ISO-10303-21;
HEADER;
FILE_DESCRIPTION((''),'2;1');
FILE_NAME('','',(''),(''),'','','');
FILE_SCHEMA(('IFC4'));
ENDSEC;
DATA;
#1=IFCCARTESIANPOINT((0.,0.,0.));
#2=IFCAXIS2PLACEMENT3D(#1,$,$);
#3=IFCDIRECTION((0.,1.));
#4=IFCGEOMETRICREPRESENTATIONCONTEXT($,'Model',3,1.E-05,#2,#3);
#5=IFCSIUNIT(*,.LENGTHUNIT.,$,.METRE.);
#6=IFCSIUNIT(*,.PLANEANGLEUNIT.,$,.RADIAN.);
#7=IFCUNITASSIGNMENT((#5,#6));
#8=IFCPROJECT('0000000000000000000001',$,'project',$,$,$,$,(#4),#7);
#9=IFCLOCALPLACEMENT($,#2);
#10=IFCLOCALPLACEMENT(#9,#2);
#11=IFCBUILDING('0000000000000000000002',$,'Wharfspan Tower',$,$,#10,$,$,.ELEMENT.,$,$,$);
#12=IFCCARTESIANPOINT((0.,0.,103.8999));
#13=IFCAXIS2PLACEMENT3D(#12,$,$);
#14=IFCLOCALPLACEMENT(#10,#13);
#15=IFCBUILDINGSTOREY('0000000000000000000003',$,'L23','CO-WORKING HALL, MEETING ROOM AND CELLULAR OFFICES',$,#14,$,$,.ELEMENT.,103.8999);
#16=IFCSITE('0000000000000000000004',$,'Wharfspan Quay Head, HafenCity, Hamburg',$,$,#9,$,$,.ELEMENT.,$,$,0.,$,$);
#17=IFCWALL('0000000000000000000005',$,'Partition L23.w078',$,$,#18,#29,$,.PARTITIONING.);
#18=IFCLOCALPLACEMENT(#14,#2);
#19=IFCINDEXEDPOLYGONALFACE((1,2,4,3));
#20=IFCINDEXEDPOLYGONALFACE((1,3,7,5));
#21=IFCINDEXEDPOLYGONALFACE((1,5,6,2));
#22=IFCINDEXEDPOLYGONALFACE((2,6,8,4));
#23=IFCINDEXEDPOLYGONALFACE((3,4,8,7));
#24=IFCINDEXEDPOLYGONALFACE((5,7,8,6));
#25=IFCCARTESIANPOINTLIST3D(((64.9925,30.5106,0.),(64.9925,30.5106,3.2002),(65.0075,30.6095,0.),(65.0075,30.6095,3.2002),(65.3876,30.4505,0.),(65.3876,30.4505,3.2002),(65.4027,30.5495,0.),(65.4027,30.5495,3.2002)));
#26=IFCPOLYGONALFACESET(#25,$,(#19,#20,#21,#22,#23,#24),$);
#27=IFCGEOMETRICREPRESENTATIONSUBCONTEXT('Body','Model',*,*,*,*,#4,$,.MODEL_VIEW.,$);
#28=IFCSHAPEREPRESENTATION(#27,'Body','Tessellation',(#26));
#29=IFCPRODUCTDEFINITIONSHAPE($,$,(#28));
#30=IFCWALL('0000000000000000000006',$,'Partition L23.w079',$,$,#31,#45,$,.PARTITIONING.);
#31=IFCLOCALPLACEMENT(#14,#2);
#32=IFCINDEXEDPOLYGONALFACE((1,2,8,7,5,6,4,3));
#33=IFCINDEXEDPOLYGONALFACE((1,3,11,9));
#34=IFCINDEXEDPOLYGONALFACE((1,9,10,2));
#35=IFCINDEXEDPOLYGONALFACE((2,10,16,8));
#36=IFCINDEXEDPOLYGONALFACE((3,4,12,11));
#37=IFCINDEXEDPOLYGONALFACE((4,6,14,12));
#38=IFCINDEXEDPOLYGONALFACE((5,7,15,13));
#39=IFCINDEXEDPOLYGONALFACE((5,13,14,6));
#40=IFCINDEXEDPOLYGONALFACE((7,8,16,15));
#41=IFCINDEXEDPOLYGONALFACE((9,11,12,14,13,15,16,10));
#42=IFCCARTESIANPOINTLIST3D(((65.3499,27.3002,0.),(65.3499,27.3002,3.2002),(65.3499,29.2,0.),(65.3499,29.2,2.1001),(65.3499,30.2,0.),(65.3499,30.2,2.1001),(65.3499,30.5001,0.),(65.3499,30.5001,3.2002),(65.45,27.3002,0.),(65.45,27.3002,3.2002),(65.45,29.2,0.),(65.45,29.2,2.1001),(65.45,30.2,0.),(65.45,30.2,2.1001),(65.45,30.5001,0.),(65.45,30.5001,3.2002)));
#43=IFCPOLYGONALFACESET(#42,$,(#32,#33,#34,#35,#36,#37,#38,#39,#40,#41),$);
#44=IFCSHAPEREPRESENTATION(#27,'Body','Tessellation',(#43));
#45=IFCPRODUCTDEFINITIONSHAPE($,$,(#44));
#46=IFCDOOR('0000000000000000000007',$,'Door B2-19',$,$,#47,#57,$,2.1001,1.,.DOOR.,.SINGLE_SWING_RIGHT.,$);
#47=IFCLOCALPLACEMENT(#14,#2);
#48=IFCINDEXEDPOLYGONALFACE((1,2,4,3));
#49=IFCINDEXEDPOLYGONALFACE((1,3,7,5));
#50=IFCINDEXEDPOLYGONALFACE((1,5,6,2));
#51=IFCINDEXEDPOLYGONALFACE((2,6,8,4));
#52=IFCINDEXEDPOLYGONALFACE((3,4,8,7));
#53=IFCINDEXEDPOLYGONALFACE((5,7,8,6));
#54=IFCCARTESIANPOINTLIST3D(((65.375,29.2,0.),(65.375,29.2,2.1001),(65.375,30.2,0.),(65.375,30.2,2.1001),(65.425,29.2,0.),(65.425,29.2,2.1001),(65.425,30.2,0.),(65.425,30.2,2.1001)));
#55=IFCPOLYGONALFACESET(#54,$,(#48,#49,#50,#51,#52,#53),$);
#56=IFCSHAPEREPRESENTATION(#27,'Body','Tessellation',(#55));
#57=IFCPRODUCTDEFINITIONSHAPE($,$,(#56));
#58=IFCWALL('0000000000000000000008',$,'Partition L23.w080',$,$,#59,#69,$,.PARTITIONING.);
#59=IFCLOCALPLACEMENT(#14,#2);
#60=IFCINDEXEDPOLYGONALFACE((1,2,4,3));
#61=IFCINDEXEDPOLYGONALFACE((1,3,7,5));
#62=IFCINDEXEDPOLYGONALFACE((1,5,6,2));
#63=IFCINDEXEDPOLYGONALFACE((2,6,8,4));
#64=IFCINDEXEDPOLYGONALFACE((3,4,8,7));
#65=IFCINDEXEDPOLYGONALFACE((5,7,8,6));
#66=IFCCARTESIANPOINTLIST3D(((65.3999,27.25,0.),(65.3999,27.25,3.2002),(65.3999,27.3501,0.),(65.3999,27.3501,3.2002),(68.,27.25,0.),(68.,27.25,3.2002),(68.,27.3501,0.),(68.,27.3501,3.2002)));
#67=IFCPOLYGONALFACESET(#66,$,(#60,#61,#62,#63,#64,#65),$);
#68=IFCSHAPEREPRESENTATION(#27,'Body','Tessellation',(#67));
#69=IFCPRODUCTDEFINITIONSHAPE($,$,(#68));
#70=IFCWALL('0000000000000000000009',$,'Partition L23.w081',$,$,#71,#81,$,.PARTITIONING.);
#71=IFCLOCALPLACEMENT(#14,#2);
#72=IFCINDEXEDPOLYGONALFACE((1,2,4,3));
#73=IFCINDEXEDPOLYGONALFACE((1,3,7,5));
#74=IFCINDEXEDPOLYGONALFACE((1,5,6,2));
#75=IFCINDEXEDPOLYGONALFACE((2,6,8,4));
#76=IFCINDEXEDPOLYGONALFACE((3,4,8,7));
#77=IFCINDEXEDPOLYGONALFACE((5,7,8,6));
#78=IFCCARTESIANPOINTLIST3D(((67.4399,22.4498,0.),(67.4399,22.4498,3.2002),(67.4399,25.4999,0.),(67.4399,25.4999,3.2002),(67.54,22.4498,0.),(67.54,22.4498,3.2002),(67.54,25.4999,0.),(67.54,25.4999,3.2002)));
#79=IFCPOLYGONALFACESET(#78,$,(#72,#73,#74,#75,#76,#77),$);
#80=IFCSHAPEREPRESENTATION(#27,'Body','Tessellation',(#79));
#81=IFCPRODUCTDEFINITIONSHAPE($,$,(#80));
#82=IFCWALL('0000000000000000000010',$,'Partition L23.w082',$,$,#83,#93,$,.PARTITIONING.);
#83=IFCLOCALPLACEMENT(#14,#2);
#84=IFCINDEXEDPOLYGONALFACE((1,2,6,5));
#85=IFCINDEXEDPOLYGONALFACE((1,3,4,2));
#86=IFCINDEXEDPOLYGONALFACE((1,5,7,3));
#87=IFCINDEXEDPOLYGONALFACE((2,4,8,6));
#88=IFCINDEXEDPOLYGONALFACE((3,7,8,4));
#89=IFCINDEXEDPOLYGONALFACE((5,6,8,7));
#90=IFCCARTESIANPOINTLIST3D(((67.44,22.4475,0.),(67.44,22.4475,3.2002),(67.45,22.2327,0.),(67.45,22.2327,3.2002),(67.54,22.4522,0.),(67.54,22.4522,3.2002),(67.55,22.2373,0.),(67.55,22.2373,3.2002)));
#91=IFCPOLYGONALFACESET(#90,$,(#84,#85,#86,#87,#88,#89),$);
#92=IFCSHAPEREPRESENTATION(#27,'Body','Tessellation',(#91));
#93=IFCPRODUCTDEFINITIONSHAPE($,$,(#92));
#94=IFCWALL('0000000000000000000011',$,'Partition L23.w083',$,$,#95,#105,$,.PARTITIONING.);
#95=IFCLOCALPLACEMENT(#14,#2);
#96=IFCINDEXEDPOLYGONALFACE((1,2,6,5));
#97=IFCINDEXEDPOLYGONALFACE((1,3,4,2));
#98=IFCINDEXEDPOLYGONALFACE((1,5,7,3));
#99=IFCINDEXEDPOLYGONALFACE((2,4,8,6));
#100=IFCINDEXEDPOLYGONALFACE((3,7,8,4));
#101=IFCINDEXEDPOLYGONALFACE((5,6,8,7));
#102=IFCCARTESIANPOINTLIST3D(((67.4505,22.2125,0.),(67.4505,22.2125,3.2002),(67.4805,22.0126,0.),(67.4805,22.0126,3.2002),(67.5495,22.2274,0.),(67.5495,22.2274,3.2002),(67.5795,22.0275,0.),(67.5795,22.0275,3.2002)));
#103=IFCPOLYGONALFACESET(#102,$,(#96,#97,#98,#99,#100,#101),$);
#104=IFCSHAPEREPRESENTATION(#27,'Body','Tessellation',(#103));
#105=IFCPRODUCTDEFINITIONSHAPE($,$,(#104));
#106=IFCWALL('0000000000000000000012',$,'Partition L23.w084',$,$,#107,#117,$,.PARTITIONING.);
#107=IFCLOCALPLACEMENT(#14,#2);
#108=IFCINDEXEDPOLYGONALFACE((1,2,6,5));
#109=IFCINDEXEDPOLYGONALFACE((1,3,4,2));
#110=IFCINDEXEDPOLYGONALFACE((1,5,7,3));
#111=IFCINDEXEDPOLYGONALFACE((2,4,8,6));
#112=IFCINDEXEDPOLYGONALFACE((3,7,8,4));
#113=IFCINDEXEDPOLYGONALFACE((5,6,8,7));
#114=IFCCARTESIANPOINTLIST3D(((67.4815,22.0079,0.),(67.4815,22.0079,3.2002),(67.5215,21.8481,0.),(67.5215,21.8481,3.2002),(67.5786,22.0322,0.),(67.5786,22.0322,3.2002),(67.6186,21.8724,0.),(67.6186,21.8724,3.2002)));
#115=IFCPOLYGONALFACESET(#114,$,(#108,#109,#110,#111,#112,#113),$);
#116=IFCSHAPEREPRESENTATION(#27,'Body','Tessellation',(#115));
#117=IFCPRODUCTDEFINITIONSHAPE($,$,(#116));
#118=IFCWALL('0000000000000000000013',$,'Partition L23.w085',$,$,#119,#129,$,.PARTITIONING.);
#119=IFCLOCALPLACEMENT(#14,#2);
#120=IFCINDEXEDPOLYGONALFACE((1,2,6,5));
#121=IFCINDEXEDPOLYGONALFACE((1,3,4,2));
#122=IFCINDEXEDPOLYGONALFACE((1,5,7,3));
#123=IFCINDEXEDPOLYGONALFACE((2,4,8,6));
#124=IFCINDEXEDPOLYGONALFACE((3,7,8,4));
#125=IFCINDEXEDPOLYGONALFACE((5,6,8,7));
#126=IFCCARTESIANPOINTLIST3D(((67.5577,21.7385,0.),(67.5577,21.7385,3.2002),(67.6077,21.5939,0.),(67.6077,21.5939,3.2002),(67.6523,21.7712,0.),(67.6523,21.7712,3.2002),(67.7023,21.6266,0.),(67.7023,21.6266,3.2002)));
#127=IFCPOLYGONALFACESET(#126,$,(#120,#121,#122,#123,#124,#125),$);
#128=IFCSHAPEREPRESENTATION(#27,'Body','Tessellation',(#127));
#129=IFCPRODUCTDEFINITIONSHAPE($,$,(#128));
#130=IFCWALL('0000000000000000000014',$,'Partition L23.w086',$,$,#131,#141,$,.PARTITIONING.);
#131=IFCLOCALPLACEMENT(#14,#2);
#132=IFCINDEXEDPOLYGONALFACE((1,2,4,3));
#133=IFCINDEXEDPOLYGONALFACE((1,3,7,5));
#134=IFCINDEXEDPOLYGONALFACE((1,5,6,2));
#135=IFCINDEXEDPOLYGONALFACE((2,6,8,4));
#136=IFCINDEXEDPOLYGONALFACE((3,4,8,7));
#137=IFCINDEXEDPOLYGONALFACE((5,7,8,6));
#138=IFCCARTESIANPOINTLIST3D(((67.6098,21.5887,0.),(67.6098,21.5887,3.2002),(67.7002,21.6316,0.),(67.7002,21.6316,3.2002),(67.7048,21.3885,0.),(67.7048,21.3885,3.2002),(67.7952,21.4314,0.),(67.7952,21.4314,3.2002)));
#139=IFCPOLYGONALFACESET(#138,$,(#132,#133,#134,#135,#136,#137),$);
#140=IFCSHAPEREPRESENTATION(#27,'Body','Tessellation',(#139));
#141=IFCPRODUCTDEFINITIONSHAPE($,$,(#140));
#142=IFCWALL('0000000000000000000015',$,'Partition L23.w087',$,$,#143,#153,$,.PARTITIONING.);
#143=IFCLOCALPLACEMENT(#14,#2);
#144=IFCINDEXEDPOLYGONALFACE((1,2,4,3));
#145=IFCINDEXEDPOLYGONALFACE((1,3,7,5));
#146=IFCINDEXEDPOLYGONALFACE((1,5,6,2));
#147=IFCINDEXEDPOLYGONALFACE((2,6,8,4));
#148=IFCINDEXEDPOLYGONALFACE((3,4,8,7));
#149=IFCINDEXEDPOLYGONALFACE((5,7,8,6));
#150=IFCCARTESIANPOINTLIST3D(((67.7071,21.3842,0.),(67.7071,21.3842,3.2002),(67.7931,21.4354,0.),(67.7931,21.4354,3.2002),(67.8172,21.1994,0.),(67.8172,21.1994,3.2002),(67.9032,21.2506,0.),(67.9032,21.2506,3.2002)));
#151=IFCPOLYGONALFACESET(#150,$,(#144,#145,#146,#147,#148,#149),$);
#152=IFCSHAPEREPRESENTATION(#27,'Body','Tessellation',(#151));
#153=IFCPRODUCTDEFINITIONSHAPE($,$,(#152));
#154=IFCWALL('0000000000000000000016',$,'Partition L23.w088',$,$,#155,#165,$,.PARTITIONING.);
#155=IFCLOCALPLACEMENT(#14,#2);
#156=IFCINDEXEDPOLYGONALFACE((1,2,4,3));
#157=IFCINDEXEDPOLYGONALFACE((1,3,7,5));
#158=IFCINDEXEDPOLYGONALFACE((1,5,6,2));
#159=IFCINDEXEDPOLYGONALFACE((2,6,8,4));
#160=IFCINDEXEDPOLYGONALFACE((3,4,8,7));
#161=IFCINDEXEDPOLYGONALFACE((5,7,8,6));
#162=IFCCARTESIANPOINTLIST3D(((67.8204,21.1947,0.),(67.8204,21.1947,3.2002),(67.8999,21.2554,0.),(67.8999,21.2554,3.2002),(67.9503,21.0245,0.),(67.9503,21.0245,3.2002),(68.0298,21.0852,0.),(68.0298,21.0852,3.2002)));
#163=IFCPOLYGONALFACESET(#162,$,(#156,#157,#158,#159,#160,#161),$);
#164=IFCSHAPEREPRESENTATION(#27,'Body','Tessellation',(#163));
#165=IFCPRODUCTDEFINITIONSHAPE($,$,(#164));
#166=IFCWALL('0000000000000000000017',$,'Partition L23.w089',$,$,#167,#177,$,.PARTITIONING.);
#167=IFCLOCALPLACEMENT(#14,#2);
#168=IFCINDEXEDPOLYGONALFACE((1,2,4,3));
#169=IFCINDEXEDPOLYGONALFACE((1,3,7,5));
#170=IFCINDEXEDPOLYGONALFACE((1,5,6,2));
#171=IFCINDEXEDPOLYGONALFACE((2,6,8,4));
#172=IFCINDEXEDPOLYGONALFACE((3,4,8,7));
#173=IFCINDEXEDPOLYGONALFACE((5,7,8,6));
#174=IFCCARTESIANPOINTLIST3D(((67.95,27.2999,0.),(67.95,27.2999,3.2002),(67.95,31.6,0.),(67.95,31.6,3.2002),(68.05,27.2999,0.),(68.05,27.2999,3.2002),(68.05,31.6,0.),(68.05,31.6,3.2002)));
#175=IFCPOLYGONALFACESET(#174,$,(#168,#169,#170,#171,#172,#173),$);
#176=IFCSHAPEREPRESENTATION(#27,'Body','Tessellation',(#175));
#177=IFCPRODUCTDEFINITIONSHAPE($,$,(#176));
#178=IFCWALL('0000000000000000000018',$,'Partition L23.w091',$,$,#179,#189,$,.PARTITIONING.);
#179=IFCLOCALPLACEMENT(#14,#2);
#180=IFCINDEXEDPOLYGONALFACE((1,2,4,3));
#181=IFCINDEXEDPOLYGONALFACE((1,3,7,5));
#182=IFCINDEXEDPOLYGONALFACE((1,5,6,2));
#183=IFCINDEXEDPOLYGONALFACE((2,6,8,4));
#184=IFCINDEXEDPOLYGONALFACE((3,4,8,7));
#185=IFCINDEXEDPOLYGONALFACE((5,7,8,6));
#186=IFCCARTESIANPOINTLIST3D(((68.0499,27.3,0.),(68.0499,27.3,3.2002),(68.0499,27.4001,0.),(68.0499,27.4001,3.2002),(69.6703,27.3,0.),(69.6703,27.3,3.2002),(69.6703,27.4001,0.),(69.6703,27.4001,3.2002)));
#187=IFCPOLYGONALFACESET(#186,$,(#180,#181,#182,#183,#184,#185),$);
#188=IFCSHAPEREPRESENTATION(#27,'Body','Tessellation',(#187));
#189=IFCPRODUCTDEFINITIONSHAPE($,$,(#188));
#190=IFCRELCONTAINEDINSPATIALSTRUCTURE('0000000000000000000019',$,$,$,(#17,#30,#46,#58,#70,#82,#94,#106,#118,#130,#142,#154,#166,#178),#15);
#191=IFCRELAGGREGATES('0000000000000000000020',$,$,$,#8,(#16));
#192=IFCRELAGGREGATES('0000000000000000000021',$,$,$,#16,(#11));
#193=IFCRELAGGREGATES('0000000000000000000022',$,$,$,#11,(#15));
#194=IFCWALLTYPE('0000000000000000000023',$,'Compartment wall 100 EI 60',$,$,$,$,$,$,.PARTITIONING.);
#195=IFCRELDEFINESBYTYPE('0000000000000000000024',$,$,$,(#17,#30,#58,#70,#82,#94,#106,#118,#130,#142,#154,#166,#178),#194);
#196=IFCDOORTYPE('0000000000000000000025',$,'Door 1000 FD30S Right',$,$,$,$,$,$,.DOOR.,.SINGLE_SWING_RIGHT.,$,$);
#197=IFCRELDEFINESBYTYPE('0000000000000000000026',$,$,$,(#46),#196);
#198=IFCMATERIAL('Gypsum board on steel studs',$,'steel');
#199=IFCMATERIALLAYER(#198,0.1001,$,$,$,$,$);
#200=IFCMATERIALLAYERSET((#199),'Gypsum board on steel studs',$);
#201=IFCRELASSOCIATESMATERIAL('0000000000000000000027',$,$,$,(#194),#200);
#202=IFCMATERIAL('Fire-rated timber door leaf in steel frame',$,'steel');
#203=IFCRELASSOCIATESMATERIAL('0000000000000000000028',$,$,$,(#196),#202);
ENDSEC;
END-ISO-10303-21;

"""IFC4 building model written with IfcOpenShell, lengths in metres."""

from ifc_helpers import new_model, si_unit, direction, frame, frame_2d, origin, place, context, subcontext, project, spatial, rectangle, extrude, material, layer, layer_set, type_object, element, fill, save


model = new_model("IFC4")

# Units and contexts
model_context = context("Model", 3, precision=1e-05, world=origin(), true_north=direction((0.0, 1.0)))
body_context = subcontext(model_context, "Body", "Model", "MODEL_VIEW")
ifc_project = project(units=[si_unit("LENGTHUNIT", "METRE"), si_unit("PLANEANGLEUNIT", "RADIAN")], contexts=[model_context])

# Site, building, storey
site_placement = place(None, origin())
site = spatial("IfcSite", under=ifc_project, at=site_placement, Name="Wharfspan Quay Head, HafenCity, Hamburg", CompositionType="ELEMENT", RefElevation=0.0)
building_placement = place(site_placement, origin())
building = spatial("IfcBuilding", under=site, at=building_placement, Name="Wharfspan Tower", CompositionType="ELEMENT")
storey_placement = place(building_placement, frame((0.0, 0.0, 103.8999)))
storey = spatial("IfcBuildingStorey", under=building, at=storey_placement, Name="L23", Description="CO-WORKING HALL, MEETING ROOM AND CELLULAR OFFICES", CompositionType="ELEMENT", Elevation=103.8999)

# Shared definitions
ifc_material_1 = material(Name="Gypsum board on steel studs", Category="steel")
ifc_layer_1 = layer(ifc_material_1, 0.1001)
ifc_layer_set_1 = layer_set([ifc_layer_1], Name="Gypsum board on steel studs")
wall_type_1 = type_object("IfcWallType", Name="Compartment wall 100 EI 60", PredefinedType="PARTITIONING", material=ifc_layer_set_1)

# Shared definitions
ifc_material_2 = material(Name="Fire-rated timber door leaf in steel frame", Category="steel")
door_type_1 = type_object("IfcDoorType", Name="Door 1000 FD30S Right", OperationType="SINGLE_SWING_RIGHT", PredefinedType="DOOR", material=ifc_material_2)

# Wall
wall_1_placement = place(storey_placement, frame((65.395, 30.5, 0.0), z_axis=(0.0, 0.0, 1.0), x_axis=(-0.988637, 0.150312, 0.0)))
element("IfcWall", 1, at=wall_1_placement, inside=storey, type_object=wall_type_1, Name="Partition L23.w078", PredefinedType="PARTITIONING", context=body_context, shape_type="SweptSolid", body=[
    extrude(rectangle(XDim=0.3997, YDim=0.1001, at=frame_2d((0.1997, 0.0))), origin(), (0.0, 0.0, 1.0), 3.2002),
])

# Wall, opening, door
wall_2_placement = place(storey_placement, frame((65.3999, 27.3, 0.0), z_axis=(0.0, 0.0, 1.0), x_axis=(0.0, 1.0, 0.0)))
wall_2 = element("IfcWall", 2, at=wall_2_placement, inside=storey, type_object=wall_type_1, Name="Partition L23.w079", PredefinedType="PARTITIONING", context=body_context, shape_type="SweptSolid", body=[
    extrude(rectangle(XDim=3.2, YDim=0.1001, at=frame_2d((1.6001, 0.0))), origin(), (0.0, 0.0, 1.0), 3.2002),
])
opening_1_placement = place(wall_2_placement, frame((1.8999, 0.0, 0.0)))
opening_1 = element("IfcOpeningElement", 3, at=opening_1_placement, cuts=wall_2, PredefinedType="OPENING", context=body_context, shape_type="SweptSolid", body=[
    extrude(rectangle(XDim=1.0, YDim=2.1001, at=frame_2d((0.5, 1.05))), frame((0.0, 0.0601, 0.0), z_axis=(0.0, -1.0, 0.0), x_axis=(1.0, 0.0, 0.0)), (0.0, 0.0, 1.0), 0.1201),
])
door_1_placement = place(opening_1_placement, origin())
door_1 = element("IfcDoor", 4, at=door_1_placement, inside=storey, type_object=door_type_1, Name="Door B2-19", OperationType="SINGLE_SWING_RIGHT", OverallHeight=2.1001, OverallWidth=1.0, PredefinedType="DOOR", context=body_context, shape_type="SweptSolid", body=[
    extrude(rectangle(XDim=1.0, YDim=2.1001, at=frame_2d((0.5, 1.05))), frame((0.0, 0.0249, 0.0), z_axis=(0.0, -1.0, 0.0), x_axis=(1.0, 0.0, 0.0)), (0.0, 0.0, 1.0), 0.05),
])
fill(opening_1, door_1)

# Walls
wall_3_placement = place(storey_placement, frame((65.3999, 27.3, 0.0), z_axis=(0.0, 0.0, 1.0), x_axis=(1.0, 0.0, 0.0)))
element("IfcWall", 5, at=wall_3_placement, inside=storey, type_object=wall_type_1, Name="Partition L23.w080", PredefinedType="PARTITIONING", context=body_context, shape_type="SweptSolid", body=[
    extrude(rectangle(XDim=2.6001, YDim=0.1001, at=frame_2d((1.3, 0.0))), origin(), (0.0, 0.0, 1.0), 3.2002),
])
wall_4_placement = place(storey_placement, frame((67.49, 22.45, 0.0), z_axis=(0.0, 0.0, 1.0), x_axis=(0.0, 1.0, 0.0)))
element("IfcWall", 6, at=wall_4_placement, inside=storey, type_object=wall_type_1, Name="Partition L23.w081", PredefinedType="PARTITIONING", context=body_context, shape_type="SweptSolid", body=[
    extrude(rectangle(XDim=3.05, YDim=0.1001, at=frame_2d((1.5249, 0.0))), origin(), (0.0, 0.0, 1.0), 3.2002),
])
wall_5_placement = place(storey_placement, frame((67.5, 22.2351, 0.0), z_axis=(0.0, 0.0, 1.0), x_axis=(-0.04654, 0.998912, 0.0)))
element("IfcWall", 7, at=wall_5_placement, inside=storey, type_object=wall_type_1, Name="Partition L23.w082", PredefinedType="PARTITIONING", context=body_context, shape_type="SweptSolid", body=[
    extrude(rectangle(XDim=0.2151, YDim=0.1001, at=frame_2d((0.1074, 0.0))), origin(), (0.0, 0.0, 1.0), 3.2002),
])
wall_6_placement = place(storey_placement, frame((67.53, 22.02, 0.0), z_axis=(0.0, 0.0, 1.0), x_axis=(-0.148517, 0.988906, 0.0)))
element("IfcWall", 8, at=wall_6_placement, inside=storey, type_object=wall_type_1, Name="Partition L23.w083", PredefinedType="PARTITIONING", context=body_context, shape_type="SweptSolid", body=[
    extrude(rectangle(XDim=0.2021, YDim=0.1001, at=frame_2d((0.1011, 0.0))), origin(), (0.0, 0.0, 1.0), 3.2002),
])
wall_7_placement = place(storey_placement, frame((67.5701, 21.8601, 0.0), z_axis=(0.0, 0.0, 1.0), x_axis=(-0.242884, 0.970055, 0.0)))
element("IfcWall", 9, at=wall_7_placement, inside=storey, type_object=wall_type_1, Name="Partition L23.w084", PredefinedType="PARTITIONING", context=body_context, shape_type="SweptSolid", body=[
    extrude(rectangle(XDim=0.1648, YDim=0.1001, at=frame_2d((0.0825, 0.0))), origin(), (0.0, 0.0, 1.0), 3.2002),
])
wall_8_placement = place(storey_placement, frame((67.655, 21.6101, 0.0), z_axis=(0.0, 0.0, 1.0), x_axis=(-0.326726, 0.945115, 0.0)))
element("IfcWall", 10, at=wall_8_placement, inside=storey, type_object=wall_type_1, Name="Partition L23.w085", PredefinedType="PARTITIONING", context=body_context, shape_type="SweptSolid", body=[
    extrude(rectangle(XDim=0.1531, YDim=0.1001, at=frame_2d((0.0767, 0.0))), origin(), (0.0, 0.0, 1.0), 3.2002),
])
wall_9_placement = place(storey_placement, frame((67.75, 21.4099, 0.0), z_axis=(0.0, 0.0, 1.0), x_axis=(-0.428606, 0.903488, 0.0)))
element("IfcWall", 11, at=wall_9_placement, inside=storey, type_object=wall_type_1, Name="Partition L23.w086", PredefinedType="PARTITIONING", context=body_context, shape_type="SweptSolid", body=[
    extrude(rectangle(XDim=0.2217, YDim=0.1001, at=frame_2d((0.1108, 0.0))), origin(), (0.0, 0.0, 1.0), 3.2002),
])
wall_10_placement = place(storey_placement, frame((67.8601, 21.2251, 0.0), z_axis=(0.0, 0.0, 1.0), x_axis=(-0.511823, 0.859091, 0.0)))
element("IfcWall", 12, at=wall_10_placement, inside=storey, type_object=wall_type_1, Name="Partition L23.w087", PredefinedType="PARTITIONING", context=body_context, shape_type="SweptSolid", body=[
    extrude(rectangle(XDim=0.2151, YDim=0.1001, at=frame_2d((0.1074, 0.0))), origin(), (0.0, 0.0, 1.0), 3.2002),
])
wall_11_placement = place(storey_placement, frame((67.99, 21.0549, 0.0), z_axis=(0.0, 0.0, 1.0), x_axis=(-0.606728, 0.794905, 0.0)))
element("IfcWall", 13, at=wall_11_placement, inside=storey, type_object=wall_type_1, Name="Partition L23.w088", PredefinedType="PARTITIONING", context=body_context, shape_type="SweptSolid", body=[
    extrude(rectangle(XDim=0.2141, YDim=0.1001, at=frame_2d((0.1069, 0.0))), origin(), (0.0, 0.0, 1.0), 3.2002),
])
wall_12_placement = place(storey_placement, frame((68.0, 27.3, 0.0), z_axis=(0.0, 0.0, 1.0), x_axis=(0.0, 1.0, 0.0)))
element("IfcWall", 14, at=wall_12_placement, inside=storey, type_object=wall_type_1, Name="Partition L23.w089", PredefinedType="PARTITIONING", context=body_context, shape_type="SweptSolid", body=[
    extrude(rectangle(XDim=4.3, YDim=0.1001, at=frame_2d((2.1499, 0.0))), origin(), (0.0, 0.0, 1.0), 3.2002),
])
wall_13_placement = place(storey_placement, frame((68.05, 27.3501, 0.0), z_axis=(0.0, 0.0, 1.0), x_axis=(1.0, 0.0, 0.0)))
element("IfcWall", 15, at=wall_13_placement, inside=storey, type_object=wall_type_1, Name="Partition L23.w091", PredefinedType="PARTITIONING", context=body_context, shape_type="SweptSolid", body=[
    extrude(rectangle(XDim=1.6204, YDim=0.1001, at=frame_2d((0.8101, 0.0))), origin(), (0.0, 0.0, 1.0), 3.2002),
])

save(model, "model.ifc")
